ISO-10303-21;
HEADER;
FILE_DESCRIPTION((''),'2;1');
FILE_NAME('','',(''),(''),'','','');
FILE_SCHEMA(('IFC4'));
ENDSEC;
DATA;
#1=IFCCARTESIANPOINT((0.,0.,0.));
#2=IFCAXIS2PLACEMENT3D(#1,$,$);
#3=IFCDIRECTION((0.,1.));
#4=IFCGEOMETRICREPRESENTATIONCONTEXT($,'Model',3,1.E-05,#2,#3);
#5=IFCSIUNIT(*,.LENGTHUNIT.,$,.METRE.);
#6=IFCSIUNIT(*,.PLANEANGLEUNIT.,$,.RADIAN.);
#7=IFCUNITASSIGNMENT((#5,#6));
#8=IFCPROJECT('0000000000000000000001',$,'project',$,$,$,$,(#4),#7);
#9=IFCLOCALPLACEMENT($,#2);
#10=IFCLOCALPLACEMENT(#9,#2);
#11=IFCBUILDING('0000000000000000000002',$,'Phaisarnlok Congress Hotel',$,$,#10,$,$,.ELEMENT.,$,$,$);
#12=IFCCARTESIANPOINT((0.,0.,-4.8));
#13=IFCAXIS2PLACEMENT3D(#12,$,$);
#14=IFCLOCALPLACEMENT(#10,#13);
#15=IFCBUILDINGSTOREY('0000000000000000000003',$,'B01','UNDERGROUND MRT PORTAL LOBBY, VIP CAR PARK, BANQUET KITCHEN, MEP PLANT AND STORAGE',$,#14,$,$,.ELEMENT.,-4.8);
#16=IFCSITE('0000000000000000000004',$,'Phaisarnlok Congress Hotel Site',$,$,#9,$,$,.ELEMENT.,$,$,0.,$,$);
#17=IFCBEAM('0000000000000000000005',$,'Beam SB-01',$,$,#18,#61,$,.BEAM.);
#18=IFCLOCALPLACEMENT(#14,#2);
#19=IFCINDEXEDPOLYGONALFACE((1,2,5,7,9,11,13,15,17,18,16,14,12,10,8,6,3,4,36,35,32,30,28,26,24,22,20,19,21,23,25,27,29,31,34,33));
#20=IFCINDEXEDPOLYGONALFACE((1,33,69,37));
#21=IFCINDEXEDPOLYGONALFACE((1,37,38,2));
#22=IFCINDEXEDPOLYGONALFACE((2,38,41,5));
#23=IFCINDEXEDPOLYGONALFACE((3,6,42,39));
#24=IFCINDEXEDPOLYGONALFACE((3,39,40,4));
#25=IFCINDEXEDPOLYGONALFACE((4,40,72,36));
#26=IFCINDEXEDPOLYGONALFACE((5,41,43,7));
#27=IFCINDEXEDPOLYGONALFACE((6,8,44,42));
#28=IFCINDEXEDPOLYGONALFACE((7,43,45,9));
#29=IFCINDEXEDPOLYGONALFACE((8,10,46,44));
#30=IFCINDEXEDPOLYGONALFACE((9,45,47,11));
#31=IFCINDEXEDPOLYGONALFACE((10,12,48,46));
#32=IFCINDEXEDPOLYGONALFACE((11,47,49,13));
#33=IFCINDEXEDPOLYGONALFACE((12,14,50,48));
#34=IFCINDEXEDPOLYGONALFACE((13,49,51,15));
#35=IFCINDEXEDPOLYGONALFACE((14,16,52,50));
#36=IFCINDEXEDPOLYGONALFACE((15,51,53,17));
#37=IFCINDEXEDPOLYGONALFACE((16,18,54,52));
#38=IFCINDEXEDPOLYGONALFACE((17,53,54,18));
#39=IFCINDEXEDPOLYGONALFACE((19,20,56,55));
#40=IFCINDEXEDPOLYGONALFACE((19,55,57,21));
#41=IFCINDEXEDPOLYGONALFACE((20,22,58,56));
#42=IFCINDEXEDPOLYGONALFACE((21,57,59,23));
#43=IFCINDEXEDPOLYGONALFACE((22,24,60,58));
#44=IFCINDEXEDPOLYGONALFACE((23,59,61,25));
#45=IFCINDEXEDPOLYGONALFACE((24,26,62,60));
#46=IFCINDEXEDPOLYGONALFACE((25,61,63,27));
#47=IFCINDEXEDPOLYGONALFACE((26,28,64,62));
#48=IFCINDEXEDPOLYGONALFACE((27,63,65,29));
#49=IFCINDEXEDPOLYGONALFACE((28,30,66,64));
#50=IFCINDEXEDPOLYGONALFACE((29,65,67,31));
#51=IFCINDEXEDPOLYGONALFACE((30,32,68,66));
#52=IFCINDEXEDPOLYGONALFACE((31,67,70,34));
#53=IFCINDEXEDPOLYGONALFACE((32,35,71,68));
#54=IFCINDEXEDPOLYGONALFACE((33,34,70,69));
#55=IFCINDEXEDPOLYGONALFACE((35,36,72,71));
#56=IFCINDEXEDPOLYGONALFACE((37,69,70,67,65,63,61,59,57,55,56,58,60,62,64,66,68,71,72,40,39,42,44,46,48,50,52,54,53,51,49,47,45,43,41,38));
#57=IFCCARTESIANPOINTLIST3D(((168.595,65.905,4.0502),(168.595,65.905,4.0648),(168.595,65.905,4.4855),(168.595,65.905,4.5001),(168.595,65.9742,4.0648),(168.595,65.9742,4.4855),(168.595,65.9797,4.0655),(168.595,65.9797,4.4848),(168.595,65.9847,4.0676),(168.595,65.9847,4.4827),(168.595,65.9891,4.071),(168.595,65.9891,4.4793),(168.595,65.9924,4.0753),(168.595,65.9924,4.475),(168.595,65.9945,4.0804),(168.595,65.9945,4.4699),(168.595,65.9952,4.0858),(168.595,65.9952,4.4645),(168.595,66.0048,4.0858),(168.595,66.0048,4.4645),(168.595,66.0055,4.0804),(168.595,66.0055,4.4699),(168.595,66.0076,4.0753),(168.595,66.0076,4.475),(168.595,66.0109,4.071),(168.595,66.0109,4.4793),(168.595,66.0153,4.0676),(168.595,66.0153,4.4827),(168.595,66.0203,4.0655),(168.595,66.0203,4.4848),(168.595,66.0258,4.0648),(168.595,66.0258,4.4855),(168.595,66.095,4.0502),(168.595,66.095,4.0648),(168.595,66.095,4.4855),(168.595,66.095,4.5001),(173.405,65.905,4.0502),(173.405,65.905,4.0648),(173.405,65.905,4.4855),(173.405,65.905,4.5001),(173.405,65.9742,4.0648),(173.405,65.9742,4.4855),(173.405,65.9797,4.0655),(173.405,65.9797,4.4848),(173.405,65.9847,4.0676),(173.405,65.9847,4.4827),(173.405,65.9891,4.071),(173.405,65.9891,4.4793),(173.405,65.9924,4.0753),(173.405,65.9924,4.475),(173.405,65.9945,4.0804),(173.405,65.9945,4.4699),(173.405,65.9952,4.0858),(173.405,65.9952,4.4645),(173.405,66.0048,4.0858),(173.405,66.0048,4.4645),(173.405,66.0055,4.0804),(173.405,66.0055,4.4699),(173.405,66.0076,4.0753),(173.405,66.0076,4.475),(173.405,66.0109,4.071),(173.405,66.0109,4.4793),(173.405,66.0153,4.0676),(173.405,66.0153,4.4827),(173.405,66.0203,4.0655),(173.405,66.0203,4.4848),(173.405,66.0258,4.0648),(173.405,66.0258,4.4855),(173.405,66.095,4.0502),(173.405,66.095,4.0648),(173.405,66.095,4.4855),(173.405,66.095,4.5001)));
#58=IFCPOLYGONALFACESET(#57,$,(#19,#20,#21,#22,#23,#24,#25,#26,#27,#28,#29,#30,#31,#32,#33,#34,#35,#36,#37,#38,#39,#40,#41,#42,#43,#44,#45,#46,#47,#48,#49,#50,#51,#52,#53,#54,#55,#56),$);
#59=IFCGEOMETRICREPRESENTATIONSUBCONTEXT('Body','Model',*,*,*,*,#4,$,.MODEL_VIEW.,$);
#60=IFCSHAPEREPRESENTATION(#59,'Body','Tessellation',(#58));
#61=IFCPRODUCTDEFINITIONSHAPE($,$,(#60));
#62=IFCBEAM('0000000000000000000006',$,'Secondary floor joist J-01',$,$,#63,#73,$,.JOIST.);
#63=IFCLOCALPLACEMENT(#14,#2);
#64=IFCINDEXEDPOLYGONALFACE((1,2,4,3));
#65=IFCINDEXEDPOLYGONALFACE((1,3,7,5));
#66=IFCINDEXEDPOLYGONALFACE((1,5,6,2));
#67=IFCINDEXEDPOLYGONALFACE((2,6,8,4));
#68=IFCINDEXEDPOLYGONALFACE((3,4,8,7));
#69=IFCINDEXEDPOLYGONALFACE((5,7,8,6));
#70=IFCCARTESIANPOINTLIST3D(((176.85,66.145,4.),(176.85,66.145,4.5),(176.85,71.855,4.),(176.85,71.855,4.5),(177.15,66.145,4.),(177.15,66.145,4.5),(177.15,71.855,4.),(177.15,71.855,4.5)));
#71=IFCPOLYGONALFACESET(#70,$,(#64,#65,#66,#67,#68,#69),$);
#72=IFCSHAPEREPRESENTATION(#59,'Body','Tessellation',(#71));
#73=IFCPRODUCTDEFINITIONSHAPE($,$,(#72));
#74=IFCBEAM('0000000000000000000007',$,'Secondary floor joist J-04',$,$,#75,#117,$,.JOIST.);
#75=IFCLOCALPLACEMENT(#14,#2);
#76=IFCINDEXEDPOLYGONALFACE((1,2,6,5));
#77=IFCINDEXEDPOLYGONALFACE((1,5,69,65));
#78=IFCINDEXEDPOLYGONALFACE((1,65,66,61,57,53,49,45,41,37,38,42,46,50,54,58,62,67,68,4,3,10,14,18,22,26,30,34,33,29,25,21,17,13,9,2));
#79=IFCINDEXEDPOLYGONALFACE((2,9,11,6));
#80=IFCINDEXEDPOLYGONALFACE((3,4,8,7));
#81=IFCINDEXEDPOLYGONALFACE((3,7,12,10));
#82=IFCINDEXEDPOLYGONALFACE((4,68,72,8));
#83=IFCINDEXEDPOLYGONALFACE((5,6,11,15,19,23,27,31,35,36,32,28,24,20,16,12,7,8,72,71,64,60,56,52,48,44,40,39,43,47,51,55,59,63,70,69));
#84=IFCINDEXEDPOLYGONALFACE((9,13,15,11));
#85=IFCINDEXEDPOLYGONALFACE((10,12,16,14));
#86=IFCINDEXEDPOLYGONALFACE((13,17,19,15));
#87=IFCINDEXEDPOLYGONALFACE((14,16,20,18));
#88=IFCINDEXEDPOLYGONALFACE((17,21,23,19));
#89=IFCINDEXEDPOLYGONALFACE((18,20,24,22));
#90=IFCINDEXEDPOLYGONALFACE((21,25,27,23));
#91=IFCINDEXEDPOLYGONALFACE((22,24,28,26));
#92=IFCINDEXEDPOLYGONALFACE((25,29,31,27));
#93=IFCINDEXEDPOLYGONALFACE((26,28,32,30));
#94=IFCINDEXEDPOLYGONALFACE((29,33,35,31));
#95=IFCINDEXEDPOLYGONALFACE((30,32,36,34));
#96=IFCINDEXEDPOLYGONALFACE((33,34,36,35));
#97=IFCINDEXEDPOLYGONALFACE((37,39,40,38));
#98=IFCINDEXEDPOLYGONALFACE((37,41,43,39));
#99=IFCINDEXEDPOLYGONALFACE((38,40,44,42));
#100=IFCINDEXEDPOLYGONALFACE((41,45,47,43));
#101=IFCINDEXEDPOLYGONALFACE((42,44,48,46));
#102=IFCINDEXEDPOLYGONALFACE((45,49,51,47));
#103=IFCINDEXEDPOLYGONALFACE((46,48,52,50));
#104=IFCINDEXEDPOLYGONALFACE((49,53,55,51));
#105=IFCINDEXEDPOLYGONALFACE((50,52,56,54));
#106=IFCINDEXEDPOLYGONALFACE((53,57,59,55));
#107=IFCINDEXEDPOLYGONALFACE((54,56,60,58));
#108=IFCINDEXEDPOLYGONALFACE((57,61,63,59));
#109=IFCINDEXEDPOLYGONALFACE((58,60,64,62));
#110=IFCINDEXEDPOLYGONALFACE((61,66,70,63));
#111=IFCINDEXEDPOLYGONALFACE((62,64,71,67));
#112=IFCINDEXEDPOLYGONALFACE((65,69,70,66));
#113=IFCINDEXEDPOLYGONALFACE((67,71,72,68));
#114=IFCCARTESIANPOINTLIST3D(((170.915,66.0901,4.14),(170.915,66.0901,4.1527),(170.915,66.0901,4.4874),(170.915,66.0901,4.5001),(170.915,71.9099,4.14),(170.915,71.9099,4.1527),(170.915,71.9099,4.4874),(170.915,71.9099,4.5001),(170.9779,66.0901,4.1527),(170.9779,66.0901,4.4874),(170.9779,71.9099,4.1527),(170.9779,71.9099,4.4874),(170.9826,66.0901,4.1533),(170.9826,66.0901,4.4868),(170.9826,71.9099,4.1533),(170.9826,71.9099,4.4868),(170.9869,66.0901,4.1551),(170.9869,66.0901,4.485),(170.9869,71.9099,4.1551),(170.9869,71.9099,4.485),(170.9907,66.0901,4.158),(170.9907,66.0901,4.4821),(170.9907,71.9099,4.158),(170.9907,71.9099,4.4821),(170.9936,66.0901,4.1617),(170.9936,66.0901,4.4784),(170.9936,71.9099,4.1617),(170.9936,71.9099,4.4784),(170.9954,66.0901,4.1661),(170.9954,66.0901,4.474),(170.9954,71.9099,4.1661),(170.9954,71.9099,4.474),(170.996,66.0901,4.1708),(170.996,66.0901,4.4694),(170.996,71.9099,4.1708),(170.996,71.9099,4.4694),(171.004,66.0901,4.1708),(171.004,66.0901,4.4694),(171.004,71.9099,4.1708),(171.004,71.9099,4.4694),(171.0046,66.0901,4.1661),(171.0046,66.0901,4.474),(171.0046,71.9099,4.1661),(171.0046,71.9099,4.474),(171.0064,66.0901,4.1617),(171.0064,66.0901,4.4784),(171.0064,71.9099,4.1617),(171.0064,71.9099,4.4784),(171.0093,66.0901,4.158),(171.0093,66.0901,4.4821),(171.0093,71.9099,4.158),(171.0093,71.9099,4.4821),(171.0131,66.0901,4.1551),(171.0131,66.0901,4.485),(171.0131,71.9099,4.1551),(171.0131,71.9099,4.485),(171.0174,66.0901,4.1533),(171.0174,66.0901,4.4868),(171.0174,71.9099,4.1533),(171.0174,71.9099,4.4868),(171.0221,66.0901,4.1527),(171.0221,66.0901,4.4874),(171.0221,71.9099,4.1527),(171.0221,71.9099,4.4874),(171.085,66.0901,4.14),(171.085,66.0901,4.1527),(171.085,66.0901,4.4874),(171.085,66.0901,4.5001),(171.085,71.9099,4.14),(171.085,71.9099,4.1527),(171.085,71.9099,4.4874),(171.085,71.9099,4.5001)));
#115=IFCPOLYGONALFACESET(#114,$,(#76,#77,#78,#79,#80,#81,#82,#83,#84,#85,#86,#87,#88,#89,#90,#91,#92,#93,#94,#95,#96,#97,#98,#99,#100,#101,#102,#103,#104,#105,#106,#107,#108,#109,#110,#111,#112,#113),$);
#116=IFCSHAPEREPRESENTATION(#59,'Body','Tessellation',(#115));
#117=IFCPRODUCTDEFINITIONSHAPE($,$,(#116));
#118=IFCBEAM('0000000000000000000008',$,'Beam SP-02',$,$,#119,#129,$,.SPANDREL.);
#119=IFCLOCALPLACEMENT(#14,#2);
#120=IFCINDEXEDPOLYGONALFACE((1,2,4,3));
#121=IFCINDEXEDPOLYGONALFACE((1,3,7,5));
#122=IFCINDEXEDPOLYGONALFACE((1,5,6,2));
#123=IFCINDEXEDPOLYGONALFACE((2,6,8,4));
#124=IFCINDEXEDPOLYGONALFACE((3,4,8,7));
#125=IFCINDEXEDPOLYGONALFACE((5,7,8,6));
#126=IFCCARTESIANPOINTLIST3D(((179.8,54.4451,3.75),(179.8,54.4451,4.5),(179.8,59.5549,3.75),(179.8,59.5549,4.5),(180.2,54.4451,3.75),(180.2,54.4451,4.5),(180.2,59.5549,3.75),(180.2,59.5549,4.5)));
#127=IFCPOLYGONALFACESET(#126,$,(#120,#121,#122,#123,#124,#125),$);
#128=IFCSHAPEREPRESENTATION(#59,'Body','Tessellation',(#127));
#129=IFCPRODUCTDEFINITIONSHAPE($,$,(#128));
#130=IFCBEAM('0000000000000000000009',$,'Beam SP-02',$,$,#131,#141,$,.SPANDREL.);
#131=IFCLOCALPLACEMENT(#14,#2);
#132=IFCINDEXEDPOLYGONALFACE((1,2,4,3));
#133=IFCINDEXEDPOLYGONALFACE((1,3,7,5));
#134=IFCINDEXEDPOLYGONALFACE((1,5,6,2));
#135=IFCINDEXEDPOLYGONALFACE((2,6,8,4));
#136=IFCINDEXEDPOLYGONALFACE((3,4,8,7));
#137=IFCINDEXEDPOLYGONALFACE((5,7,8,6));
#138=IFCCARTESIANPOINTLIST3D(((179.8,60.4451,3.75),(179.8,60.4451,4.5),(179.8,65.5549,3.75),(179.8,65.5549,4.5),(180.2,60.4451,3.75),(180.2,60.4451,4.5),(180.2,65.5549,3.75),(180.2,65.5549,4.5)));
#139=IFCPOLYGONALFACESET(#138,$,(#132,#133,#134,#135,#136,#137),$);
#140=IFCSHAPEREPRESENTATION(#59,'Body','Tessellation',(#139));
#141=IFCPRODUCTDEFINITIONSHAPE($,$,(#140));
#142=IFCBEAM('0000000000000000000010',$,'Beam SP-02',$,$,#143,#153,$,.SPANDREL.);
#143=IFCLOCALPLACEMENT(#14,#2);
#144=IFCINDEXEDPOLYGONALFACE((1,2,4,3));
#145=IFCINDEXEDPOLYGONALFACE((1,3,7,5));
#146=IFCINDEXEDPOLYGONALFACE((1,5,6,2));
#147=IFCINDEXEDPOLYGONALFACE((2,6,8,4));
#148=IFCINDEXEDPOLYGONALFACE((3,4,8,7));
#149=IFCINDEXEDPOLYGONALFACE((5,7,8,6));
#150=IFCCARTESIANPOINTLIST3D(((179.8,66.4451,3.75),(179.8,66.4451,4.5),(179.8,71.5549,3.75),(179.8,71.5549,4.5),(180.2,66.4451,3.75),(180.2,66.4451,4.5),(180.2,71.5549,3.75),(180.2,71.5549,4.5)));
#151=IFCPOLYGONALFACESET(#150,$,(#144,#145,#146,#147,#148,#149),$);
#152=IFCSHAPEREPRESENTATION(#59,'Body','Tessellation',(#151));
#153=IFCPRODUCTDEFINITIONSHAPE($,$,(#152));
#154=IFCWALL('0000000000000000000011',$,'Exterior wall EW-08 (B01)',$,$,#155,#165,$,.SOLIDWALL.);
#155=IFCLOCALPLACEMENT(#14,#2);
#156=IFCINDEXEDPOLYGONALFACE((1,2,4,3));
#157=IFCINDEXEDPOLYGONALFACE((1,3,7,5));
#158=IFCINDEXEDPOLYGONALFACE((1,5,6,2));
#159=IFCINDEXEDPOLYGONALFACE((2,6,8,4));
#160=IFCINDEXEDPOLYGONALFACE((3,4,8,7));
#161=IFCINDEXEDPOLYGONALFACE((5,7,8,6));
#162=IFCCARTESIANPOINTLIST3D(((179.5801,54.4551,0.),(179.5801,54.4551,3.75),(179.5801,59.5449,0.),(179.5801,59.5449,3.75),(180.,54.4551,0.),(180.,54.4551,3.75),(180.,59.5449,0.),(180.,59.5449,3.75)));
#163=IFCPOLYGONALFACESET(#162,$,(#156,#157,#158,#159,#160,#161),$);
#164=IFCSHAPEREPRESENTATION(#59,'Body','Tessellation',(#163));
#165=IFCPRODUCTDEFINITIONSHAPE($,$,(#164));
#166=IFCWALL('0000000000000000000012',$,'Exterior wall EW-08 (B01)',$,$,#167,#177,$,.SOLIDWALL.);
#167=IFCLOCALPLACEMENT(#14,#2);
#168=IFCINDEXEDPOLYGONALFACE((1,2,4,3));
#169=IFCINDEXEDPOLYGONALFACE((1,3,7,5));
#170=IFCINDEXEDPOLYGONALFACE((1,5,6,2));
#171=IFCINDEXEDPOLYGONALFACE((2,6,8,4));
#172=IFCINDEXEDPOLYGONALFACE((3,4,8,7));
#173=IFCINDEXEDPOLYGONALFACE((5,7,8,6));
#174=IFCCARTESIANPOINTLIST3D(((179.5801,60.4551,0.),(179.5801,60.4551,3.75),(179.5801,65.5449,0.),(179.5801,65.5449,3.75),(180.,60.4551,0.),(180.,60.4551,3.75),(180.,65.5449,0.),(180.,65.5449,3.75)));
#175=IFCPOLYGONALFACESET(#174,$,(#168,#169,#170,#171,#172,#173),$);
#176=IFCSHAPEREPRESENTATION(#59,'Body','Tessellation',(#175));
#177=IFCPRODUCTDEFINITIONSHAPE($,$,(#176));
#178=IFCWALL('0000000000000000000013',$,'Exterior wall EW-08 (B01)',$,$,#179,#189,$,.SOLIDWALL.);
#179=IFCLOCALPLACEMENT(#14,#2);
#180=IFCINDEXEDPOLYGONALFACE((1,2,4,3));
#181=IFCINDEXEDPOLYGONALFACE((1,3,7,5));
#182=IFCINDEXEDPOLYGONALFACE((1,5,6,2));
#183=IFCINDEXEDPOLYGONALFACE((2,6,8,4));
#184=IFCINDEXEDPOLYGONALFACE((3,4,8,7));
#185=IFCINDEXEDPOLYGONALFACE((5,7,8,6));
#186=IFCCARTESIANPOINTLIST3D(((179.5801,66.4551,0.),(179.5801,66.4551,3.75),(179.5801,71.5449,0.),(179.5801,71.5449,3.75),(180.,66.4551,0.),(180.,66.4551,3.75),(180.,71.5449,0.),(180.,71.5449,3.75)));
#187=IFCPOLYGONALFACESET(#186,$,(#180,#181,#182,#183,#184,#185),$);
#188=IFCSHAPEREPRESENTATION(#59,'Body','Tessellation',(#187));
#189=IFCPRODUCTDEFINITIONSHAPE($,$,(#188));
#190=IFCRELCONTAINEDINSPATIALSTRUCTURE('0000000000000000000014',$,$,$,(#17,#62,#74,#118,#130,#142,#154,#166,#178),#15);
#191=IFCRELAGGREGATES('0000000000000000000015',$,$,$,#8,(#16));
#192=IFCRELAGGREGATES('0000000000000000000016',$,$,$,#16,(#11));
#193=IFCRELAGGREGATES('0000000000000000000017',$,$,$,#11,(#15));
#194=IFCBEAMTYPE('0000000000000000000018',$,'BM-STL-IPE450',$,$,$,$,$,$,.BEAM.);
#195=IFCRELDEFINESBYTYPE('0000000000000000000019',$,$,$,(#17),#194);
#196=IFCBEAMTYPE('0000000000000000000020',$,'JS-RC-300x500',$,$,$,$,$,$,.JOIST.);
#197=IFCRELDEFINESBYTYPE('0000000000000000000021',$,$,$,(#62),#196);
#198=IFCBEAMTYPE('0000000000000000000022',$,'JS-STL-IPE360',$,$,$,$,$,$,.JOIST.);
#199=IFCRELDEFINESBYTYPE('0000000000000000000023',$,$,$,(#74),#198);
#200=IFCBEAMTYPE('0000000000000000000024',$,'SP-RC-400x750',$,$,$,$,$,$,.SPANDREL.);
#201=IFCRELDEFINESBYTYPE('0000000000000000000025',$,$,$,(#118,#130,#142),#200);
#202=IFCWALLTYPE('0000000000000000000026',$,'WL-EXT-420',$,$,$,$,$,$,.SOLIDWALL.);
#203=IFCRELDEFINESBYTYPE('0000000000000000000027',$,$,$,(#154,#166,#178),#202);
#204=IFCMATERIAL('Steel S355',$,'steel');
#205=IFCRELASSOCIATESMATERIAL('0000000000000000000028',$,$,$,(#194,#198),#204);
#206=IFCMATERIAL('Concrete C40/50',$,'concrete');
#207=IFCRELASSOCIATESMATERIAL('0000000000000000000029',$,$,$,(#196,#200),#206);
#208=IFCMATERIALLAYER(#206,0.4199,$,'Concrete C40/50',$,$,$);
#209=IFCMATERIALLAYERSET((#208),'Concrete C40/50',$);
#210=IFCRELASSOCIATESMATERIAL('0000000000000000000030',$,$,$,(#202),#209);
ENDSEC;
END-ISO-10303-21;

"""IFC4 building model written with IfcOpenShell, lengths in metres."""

from ifc_helpers import new_model, si_unit, direction, frame, frame_2d, origin, origin_2d, place, context, subcontext, project, spatial, rectangle, i_section, extrude, material, layer, layer_set, material_profile, profile_set, type_object, element, save


model = new_model("IFC4")

# Units and contexts
model_context = context("Model", 3, precision=1e-05, world=origin(), true_north=direction((0.0, 1.0)))
body_context = subcontext(model_context, "Body", "Model", "MODEL_VIEW")
ifc_project = project(units=[si_unit("LENGTHUNIT", "METRE"), si_unit("PLANEANGLEUNIT", "RADIAN")], contexts=[model_context])

# Site, building, storey
site_placement = place(None, origin())
site = spatial("IfcSite", under=ifc_project, at=site_placement, Name="Phaisarnlok Congress Hotel Site", CompositionType="ELEMENT", RefElevation=0.0)
building_placement = place(site_placement, origin())
building = spatial("IfcBuilding", under=site, at=building_placement, Name="Phaisarnlok Congress Hotel", CompositionType="ELEMENT")
storey_placement = place(building_placement, frame((0.0, 0.0, -4.8)))
storey = spatial("IfcBuildingStorey", under=building, at=storey_placement, Name="B01", Description="UNDERGROUND MRT PORTAL LOBBY, VIP CAR PARK, BANQUET KITCHEN, MEP PLANT AND STORAGE", CompositionType="ELEMENT", Elevation=-4.8)

# Shared definitions
ifc_material_1 = material(Name="Concrete C40/50", Category="concrete")

# Beams
ifc_material_2 = material(Name="Steel S355", Category="steel")
ifc_material_profile_1 = material_profile(ifc_material_2, i_section(OverallWidth=0.1899, OverallDepth=0.45, WebThickness=0.0095, FlangeThickness=0.0146, FilletRadius=0.021, at=origin_2d()), Name="IPE 450")
ifc_profile_set_1 = profile_set([ifc_material_profile_1], Name="Steel S355")
beam_type_1 = type_object("IfcBeamType", Name="BM-STL-IPE450", PredefinedType="BEAM", material=ifc_profile_set_1)
for number, where, z_axis, x_axis, name in (
    (1, (168.595, 66.0, 4.2751), (1.0, 0.0, 0.0), (0.0, 1.0, 0.0), "Beam SB-01"),
):
    element("IfcBeam", number, at=place(storey_placement, frame(where, z_axis=z_axis, x_axis=x_axis)), inside=storey, type_object=beam_type_1, Name=name, PredefinedType="BEAM", context=body_context, shape_type="SweptSolid", body=[
        extrude(i_section(OverallWidth=0.1899, OverallDepth=0.45, WebThickness=0.0095, FlangeThickness=0.0146, FilletRadius=0.021, at=origin_2d()), origin(), (0.0, 0.0, 1.0), 4.8101),
    ])
ifc_material_profile_2 = material_profile(ifc_material_1, rectangle(XDim=0.3, YDim=0.5, at=origin_2d()), Name="RC 300x500")
ifc_profile_set_2 = profile_set([ifc_material_profile_2], Name="Concrete C40/50")
beam_type_2 = type_object("IfcBeamType", Name="JS-RC-300x500", PredefinedType="JOIST", material=ifc_profile_set_2)
beam_1_placement = place(storey_placement, frame((177.0, 66.145, 4.25), z_axis=(0.0, 1.0, 0.0), x_axis=(-1.0, 0.0, 0.0)))
element("IfcBeam", 2, at=beam_1_placement, inside=storey, type_object=beam_type_2, Name="Secondary floor joist J-01", PredefinedType="JOIST", context=body_context, shape_type="SweptSolid", body=[
    extrude(rectangle(XDim=0.3, YDim=0.5, at=origin_2d()), origin(), (0.0, 0.0, 1.0), 5.71),
])
ifc_material_profile_3 = material_profile(ifc_material_2, i_section(OverallWidth=0.1699, OverallDepth=0.3601, WebThickness=0.0081, FlangeThickness=0.0127, FilletRadius=0.0181, at=origin_2d()), Name="IPE 360")
ifc_profile_set_3 = profile_set([ifc_material_profile_3], Name="Steel S355")
beam_type_3 = type_object("IfcBeamType", Name="JS-STL-IPE360", PredefinedType="JOIST", material=ifc_profile_set_3)
beam_2_placement = place(storey_placement, frame((171.0, 66.0901, 4.3201), z_axis=(0.0, 1.0, 0.0), x_axis=(-1.0, 0.0, 0.0)))
element("IfcBeam", 3, at=beam_2_placement, inside=storey, type_object=beam_type_3, Name="Secondary floor joist J-04", PredefinedType="JOIST", context=body_context, shape_type="SweptSolid", body=[
    extrude(i_section(OverallWidth=0.1699, OverallDepth=0.3601, WebThickness=0.0081, FlangeThickness=0.0127, FilletRadius=0.0181, at=origin_2d()), origin(), (0.0, 0.0, 1.0), 5.8198),
])
ifc_material_profile_4 = material_profile(ifc_material_1, rectangle(XDim=0.3999, YDim=0.75, at=origin_2d()), Name="RC 400x750")
ifc_profile_set_4 = profile_set([ifc_material_profile_4], Name="Concrete C40/50")
beam_type_4 = type_object("IfcBeamType", Name="SP-RC-400x750", PredefinedType="SPANDREL", material=ifc_profile_set_4)
for number, where, z_axis, x_axis, name in (
    (4, (180.0, 54.4451, 4.125), (0.0, 1.0, 0.0), (-1.0, 0.0, 0.0), "Beam SP-02"),
    (5, (180.0, 60.4451, 4.125), (0.0, 1.0, 0.0), (-1.0, 0.0, 0.0), "Beam SP-02"),
    (6, (180.0, 66.4451, 4.125), (0.0, 1.0, 0.0), (-1.0, 0.0, 0.0), "Beam SP-02"),
):
    element("IfcBeam", number, at=place(storey_placement, frame(where, z_axis=z_axis, x_axis=x_axis)), inside=storey, type_object=beam_type_4, Name=name, PredefinedType="SPANDREL", context=body_context, shape_type="SweptSolid", body=[
        extrude(rectangle(XDim=0.3999, YDim=0.75, at=origin_2d()), origin(), (0.0, 0.0, 1.0), 5.1099),
    ])

# Walls
ifc_layer = layer(ifc_material_1, 0.4199, Name="Concrete C40/50")
ifc_layer_set = layer_set([ifc_layer], Name="Concrete C40/50")
wall_type = type_object("IfcWallType", Name="WL-EXT-420", PredefinedType="SOLIDWALL", material=ifc_layer_set)
for number, where, z_axis, x_axis, name in (
    (7, (179.79, 54.4551, 0.0), (0.0, 0.0, 1.0), (0.0, 1.0, 0.0), "Exterior wall EW-08 (B01)"),
    (8, (179.79, 60.4551, 0.0), (0.0, 0.0, 1.0), (0.0, 1.0, 0.0), "Exterior wall EW-08 (B01)"),
    (9, (179.79, 66.4551, 0.0), (0.0, 0.0, 1.0), (0.0, 1.0, 0.0), "Exterior wall EW-08 (B01)"),
):
    element("IfcWall", number, at=place(storey_placement, frame(where, z_axis=z_axis, x_axis=x_axis)), inside=storey, type_object=wall_type, Name=name, PredefinedType="SOLIDWALL", context=body_context, shape_type="SweptSolid", body=[
        extrude(rectangle(XDim=5.0898, YDim=0.4199, at=frame_2d((2.5449, 0.0))), origin(), (0.0, 0.0, 1.0), 3.75),
    ])

save(model, "model.ifc")
